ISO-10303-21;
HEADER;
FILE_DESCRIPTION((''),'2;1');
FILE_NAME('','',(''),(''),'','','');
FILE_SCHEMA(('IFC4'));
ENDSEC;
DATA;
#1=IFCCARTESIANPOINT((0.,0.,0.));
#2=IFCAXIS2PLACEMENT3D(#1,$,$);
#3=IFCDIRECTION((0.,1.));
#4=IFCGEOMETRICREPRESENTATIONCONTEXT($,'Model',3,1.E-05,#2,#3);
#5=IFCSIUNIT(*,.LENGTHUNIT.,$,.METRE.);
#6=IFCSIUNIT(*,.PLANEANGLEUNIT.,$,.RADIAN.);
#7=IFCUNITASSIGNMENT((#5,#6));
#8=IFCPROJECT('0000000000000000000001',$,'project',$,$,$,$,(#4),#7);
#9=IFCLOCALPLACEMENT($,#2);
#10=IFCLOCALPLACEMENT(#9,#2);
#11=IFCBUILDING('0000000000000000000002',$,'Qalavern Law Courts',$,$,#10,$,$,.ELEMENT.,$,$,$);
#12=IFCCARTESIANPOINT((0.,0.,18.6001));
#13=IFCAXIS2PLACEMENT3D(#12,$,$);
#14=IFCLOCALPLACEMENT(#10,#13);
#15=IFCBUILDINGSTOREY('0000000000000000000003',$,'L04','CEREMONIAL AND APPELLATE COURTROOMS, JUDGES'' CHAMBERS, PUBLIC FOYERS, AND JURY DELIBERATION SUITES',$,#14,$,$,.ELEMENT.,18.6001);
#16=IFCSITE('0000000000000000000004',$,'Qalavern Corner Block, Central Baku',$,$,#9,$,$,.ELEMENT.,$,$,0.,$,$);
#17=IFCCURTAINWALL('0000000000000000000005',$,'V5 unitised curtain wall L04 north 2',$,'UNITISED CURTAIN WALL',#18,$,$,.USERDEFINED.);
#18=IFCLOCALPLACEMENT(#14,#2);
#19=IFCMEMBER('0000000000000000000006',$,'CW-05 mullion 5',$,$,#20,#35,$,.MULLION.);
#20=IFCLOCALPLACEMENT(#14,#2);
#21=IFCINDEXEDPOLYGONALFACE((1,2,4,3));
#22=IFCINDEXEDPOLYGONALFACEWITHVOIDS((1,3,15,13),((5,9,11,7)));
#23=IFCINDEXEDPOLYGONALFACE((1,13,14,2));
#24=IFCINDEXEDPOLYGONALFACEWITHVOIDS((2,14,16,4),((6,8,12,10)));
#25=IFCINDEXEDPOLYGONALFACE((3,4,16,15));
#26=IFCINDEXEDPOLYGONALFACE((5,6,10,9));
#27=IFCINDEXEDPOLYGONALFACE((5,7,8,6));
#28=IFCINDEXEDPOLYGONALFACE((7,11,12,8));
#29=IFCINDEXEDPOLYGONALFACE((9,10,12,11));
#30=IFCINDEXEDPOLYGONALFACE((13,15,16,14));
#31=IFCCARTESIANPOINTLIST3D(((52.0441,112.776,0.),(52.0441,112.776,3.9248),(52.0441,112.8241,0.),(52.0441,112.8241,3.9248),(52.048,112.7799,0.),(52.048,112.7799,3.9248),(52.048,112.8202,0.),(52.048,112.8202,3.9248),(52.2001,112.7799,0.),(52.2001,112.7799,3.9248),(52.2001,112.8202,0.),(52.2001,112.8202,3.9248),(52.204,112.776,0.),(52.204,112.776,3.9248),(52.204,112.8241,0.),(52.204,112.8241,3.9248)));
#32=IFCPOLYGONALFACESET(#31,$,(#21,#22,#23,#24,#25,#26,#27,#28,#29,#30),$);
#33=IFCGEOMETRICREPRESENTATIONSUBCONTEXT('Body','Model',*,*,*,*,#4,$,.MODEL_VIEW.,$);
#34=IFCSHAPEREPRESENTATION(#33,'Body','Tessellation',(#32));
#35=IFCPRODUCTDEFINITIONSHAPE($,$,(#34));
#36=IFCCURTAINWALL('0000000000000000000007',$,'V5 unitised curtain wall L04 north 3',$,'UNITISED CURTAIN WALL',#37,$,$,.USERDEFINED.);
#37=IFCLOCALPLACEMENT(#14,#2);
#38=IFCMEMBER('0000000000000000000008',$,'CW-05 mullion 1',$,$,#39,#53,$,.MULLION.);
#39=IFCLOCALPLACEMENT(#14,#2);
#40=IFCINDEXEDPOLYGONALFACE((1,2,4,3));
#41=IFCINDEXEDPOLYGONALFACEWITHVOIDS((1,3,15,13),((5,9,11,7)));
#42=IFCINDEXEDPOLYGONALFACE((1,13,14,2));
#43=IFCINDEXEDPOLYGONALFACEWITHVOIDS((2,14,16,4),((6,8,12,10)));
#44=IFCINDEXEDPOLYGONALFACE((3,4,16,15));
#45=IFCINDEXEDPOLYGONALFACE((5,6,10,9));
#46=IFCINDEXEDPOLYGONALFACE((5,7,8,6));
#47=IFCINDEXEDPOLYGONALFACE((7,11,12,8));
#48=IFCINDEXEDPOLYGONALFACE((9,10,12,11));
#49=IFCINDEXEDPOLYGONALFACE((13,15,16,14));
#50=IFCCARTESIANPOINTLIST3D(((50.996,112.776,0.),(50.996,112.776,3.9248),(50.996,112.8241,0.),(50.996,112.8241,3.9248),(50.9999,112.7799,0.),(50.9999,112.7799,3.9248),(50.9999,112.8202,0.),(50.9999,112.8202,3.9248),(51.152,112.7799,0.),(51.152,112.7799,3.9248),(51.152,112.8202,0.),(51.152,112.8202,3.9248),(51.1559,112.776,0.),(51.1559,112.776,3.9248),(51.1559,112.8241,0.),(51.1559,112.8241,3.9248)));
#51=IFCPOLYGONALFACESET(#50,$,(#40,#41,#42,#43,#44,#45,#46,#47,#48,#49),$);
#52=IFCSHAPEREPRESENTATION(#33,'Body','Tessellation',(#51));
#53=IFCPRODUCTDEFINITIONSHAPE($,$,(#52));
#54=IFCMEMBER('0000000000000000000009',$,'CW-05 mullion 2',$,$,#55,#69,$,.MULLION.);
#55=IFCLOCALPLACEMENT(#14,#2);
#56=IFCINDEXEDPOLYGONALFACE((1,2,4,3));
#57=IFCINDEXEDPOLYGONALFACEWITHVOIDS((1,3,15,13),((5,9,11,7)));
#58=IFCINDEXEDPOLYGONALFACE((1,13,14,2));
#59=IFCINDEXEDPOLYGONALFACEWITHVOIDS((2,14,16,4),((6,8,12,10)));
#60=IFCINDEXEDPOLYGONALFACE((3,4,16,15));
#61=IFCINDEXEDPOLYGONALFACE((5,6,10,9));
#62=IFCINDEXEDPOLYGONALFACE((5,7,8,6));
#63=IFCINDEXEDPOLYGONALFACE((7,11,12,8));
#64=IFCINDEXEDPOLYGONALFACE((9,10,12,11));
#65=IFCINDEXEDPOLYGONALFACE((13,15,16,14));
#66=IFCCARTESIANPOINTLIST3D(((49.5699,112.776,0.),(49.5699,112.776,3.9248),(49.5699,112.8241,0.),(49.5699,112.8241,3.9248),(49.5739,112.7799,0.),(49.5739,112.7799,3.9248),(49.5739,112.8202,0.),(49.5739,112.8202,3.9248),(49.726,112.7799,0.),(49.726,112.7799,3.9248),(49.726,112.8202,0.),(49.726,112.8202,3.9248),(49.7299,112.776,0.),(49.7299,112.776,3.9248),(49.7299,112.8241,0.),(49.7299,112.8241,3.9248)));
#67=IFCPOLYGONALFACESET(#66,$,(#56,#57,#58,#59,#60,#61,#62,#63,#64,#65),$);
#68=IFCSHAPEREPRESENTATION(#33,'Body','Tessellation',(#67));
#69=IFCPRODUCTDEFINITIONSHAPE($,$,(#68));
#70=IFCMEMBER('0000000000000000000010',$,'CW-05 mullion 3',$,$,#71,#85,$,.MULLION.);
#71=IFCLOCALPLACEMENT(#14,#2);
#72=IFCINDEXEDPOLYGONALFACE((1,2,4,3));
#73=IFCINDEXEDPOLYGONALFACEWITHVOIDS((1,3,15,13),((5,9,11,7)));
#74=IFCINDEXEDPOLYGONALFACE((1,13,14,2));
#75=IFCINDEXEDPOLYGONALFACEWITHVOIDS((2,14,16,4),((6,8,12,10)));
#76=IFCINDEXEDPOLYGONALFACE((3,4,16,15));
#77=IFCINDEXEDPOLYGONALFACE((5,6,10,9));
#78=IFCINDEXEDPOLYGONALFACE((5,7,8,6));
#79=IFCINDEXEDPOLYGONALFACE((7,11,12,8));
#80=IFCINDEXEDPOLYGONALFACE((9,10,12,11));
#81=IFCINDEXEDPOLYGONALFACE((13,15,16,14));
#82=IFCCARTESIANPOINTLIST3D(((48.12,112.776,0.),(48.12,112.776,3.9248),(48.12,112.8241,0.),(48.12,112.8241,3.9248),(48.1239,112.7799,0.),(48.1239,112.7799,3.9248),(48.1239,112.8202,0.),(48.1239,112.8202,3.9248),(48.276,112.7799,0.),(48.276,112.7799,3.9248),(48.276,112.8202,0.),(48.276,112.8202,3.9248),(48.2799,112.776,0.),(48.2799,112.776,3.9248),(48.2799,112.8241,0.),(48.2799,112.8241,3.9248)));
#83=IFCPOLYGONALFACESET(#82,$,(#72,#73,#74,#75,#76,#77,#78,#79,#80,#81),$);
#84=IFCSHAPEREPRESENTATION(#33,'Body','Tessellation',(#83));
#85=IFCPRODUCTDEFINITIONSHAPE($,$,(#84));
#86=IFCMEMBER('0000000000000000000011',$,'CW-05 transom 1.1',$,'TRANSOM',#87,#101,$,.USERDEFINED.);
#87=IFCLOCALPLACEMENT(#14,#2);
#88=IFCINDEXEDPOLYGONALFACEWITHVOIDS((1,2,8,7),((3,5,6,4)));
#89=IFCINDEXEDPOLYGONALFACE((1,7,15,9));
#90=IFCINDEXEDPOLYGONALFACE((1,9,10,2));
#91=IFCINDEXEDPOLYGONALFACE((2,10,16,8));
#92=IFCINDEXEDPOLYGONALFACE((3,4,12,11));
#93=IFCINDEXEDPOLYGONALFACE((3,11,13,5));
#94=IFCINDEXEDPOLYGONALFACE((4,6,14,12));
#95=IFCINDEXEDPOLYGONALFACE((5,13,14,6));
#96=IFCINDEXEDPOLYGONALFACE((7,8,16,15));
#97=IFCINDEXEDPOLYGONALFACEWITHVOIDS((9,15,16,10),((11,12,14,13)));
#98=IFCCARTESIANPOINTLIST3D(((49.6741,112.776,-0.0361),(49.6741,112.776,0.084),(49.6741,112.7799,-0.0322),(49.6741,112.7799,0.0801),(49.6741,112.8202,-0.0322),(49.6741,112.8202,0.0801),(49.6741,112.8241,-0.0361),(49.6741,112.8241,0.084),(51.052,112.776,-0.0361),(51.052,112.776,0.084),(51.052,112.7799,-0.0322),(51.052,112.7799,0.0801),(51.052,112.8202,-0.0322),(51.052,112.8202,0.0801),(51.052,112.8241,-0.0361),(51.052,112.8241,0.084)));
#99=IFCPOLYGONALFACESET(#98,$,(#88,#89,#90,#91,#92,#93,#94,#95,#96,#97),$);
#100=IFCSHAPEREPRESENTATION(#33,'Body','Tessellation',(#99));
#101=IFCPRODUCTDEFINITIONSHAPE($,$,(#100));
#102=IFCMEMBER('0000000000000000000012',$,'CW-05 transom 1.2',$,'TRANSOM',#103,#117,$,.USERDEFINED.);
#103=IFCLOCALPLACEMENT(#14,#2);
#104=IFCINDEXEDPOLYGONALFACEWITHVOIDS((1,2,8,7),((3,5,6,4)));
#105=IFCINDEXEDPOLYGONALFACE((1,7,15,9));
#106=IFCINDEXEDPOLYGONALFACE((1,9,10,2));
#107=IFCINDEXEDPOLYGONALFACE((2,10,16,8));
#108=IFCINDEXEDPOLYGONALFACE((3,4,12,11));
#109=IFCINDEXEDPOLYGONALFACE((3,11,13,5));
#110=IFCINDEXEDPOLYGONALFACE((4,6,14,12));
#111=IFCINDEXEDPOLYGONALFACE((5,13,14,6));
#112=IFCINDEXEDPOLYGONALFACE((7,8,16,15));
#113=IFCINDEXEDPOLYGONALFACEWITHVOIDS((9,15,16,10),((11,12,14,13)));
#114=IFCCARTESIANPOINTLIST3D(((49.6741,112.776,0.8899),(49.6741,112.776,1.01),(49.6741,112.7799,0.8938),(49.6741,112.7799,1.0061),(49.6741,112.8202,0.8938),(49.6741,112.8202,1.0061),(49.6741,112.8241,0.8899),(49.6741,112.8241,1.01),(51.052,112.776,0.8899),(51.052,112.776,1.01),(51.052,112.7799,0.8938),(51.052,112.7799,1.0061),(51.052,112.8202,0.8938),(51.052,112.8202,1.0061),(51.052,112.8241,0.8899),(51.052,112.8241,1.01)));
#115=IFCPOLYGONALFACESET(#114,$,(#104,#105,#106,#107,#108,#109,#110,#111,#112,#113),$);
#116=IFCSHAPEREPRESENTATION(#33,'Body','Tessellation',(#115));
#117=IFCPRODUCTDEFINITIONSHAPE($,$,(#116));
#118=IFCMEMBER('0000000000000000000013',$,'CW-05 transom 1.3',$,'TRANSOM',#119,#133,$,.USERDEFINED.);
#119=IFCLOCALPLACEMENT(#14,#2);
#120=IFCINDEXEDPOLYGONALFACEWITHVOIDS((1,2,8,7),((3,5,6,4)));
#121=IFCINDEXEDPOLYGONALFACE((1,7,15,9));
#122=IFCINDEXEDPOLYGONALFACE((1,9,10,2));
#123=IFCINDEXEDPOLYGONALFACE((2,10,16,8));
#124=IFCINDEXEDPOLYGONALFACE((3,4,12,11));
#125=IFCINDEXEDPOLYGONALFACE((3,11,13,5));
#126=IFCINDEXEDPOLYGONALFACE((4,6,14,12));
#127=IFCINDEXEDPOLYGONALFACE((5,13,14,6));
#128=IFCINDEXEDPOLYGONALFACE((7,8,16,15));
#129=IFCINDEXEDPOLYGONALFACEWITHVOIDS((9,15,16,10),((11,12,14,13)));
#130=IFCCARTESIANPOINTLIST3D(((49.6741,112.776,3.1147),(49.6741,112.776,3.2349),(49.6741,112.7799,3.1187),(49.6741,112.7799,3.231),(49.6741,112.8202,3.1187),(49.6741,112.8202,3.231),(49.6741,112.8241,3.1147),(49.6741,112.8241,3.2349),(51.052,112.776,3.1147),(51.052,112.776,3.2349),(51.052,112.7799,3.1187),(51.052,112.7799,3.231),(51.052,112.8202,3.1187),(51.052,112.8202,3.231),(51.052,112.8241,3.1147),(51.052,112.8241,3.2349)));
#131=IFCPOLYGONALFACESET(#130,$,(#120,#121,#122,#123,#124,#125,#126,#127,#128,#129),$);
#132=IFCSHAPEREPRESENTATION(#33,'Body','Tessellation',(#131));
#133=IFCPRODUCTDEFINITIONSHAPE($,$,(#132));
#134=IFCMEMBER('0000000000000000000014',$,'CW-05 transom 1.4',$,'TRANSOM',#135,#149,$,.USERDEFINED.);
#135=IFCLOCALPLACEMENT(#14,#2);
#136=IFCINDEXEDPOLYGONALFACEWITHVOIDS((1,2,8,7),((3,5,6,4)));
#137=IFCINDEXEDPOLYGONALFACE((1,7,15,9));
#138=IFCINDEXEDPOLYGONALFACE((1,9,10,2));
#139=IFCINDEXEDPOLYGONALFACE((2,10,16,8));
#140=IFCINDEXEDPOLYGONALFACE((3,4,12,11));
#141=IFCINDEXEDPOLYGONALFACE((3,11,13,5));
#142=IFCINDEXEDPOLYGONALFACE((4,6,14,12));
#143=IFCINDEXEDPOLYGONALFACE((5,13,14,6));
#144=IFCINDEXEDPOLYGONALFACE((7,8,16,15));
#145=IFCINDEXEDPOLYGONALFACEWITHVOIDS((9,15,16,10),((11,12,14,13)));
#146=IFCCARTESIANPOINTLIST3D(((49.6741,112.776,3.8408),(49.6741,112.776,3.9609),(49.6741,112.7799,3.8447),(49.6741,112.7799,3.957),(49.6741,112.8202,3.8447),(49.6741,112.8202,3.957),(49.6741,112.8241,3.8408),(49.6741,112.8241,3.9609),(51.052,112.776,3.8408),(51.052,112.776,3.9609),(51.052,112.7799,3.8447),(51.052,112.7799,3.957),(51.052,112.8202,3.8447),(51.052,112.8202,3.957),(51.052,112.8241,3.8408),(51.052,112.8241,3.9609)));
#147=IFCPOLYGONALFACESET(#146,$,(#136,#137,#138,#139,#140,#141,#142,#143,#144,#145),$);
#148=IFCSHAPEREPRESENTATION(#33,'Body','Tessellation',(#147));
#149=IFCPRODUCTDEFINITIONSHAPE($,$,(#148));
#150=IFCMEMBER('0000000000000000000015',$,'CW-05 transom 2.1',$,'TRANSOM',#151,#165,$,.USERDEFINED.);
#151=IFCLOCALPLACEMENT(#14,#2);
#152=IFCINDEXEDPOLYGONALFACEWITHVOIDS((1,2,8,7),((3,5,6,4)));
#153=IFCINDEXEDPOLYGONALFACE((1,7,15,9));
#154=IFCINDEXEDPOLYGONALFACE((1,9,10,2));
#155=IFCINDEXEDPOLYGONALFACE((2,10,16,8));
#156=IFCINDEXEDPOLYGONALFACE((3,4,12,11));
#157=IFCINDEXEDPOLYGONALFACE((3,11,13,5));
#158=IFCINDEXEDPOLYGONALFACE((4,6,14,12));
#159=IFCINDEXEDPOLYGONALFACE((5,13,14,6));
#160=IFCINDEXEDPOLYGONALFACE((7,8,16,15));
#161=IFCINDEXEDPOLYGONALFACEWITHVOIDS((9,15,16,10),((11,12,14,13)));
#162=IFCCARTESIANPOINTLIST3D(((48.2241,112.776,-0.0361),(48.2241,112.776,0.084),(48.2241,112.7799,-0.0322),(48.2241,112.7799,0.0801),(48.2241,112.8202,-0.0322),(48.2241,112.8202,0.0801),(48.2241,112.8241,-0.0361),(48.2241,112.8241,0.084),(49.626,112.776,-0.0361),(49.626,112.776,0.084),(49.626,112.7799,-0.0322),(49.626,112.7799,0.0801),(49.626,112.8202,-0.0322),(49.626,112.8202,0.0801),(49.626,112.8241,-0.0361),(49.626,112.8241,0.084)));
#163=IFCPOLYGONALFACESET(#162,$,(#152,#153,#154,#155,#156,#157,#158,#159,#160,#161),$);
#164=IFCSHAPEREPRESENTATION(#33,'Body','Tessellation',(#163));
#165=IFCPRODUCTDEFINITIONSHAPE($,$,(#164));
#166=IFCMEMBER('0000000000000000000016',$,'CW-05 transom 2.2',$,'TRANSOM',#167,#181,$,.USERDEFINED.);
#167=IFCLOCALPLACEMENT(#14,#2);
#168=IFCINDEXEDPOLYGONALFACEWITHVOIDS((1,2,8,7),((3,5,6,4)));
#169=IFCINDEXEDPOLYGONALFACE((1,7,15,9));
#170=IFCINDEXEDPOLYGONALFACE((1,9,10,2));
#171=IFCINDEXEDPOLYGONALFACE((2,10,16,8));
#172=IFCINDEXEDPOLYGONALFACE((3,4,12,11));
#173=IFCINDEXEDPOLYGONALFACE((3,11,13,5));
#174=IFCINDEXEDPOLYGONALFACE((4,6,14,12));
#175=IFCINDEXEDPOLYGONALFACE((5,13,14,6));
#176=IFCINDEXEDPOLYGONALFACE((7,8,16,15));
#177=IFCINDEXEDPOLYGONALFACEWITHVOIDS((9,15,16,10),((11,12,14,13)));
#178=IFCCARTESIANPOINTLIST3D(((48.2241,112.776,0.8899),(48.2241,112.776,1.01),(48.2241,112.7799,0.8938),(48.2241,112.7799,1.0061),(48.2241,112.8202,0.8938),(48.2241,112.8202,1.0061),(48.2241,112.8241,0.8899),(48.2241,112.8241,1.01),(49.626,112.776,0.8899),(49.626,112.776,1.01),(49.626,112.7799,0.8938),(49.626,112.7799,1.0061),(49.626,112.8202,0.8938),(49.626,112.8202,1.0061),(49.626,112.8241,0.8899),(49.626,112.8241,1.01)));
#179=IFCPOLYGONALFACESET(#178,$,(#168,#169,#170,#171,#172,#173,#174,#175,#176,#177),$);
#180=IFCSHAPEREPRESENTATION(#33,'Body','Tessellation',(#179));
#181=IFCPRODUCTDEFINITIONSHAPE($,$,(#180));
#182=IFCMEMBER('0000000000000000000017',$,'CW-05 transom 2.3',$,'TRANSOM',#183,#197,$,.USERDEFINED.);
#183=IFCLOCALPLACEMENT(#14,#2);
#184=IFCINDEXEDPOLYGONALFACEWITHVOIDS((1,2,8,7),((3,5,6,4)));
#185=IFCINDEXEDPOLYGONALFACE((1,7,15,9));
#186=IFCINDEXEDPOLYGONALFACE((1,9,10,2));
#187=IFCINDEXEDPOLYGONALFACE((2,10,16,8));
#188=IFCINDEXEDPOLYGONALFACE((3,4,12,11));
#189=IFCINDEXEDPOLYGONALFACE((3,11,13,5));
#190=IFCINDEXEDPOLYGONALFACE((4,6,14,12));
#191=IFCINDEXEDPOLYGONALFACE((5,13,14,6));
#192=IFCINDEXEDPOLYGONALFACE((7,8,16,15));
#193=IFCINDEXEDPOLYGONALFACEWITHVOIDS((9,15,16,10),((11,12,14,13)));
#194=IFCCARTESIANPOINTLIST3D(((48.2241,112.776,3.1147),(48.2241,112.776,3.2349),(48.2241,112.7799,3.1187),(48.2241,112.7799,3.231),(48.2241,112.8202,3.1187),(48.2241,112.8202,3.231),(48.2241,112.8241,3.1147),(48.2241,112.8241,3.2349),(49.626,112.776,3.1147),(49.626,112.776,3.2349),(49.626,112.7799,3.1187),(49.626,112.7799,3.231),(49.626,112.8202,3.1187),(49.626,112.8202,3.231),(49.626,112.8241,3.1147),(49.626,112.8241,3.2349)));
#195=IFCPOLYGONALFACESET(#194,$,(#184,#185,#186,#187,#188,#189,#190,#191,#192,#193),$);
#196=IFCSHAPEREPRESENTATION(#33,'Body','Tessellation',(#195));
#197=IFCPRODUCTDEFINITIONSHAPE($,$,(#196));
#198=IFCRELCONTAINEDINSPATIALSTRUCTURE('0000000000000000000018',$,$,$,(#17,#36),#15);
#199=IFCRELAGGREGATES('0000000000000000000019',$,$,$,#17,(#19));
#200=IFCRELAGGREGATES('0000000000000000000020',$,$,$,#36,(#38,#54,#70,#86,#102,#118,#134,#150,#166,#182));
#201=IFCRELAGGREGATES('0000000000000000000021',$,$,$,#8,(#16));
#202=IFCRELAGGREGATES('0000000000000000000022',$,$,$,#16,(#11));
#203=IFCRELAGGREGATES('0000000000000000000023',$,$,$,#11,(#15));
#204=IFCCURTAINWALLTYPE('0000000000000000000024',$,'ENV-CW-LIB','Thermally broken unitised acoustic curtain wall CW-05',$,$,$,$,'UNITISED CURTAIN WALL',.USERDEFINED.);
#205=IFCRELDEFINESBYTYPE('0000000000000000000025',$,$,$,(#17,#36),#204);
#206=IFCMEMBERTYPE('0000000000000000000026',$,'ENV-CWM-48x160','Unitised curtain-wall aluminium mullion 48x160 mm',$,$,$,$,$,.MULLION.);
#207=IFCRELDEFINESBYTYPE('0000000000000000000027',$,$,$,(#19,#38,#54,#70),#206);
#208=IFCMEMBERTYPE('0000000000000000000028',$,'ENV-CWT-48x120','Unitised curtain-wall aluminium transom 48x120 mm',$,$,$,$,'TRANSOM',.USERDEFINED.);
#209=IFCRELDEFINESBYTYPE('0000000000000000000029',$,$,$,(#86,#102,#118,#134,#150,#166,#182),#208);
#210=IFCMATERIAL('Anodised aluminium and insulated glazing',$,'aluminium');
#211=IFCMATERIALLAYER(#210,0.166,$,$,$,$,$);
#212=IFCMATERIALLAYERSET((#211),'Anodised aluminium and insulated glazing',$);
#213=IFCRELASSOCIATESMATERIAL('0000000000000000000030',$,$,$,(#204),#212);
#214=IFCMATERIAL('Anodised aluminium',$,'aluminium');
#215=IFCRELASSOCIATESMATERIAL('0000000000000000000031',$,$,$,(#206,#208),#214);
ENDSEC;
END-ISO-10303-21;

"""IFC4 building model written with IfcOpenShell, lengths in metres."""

from ifc_helpers import new_model, si_unit, direction, frame, origin, origin_2d, place, context, subcontext, project, spatial, hollow_rectangle, extrude, material, layer, layer_set, material_profile, profile_set, type_object, element, aggregate, save


model = new_model("IFC4")

# Units and contexts
model_context = context("Model", 3, precision=1e-05, world=origin(), true_north=direction((0.0, 1.0)))
body_context = subcontext(model_context, "Body", "Model", "MODEL_VIEW")
ifc_project = project(units=[si_unit("LENGTHUNIT", "METRE"), si_unit("PLANEANGLEUNIT", "RADIAN")], contexts=[model_context])

# Site, building, storey
site_placement = place(None, origin())
site = spatial("IfcSite", under=ifc_project, at=site_placement, Name="Qalavern Corner Block, Central Baku", CompositionType="ELEMENT", RefElevation=0.0)
building_placement = place(site_placement, origin())
building = spatial("IfcBuilding", under=site, at=building_placement, Name="Qalavern Law Courts", CompositionType="ELEMENT")
storey_placement = place(building_placement, frame((0.0, 0.0, 18.6001)))
storey = spatial("IfcBuildingStorey", under=building, at=storey_placement, Name="L04", Description="CEREMONIAL AND APPELLATE COURTROOMS, JUDGES' CHAMBERS, PUBLIC FOYERS, AND JURY DELIBERATION SUITES", CompositionType="ELEMENT", Elevation=18.6001)

# Curtain wall, member
ifc_material_1 = material(Name="Anodised aluminium and insulated glazing", Category="aluminium")
ifc_layer_1 = layer(ifc_material_1, 0.166)
ifc_layer_set_1 = layer_set([ifc_layer_1], Name="Anodised aluminium and insulated glazing")
curtain_wall_type = type_object("IfcCurtainWallType", Name="ENV-CW-LIB", Description="Thermally broken unitised acoustic curtain wall CW-05", ElementType="UNITISED CURTAIN WALL", PredefinedType="USERDEFINED", material=ifc_layer_set_1)
curtain_wall_1_placement = place(storey_placement, origin())
curtain_wall_1 = element("IfcCurtainWall", 1, at=curtain_wall_1_placement, inside=storey, type_object=curtain_wall_type, Name="V5 unitised curtain wall L04 north 2", ObjectType="UNITISED CURTAIN WALL", PredefinedType="USERDEFINED")
ifc_material_2 = material(Name="Anodised aluminium", Category="aluminium")
ifc_material_profile_1 = material_profile(ifc_material_2, hollow_rectangle(XDim=0.0481, YDim=0.1599, WallThickness=0.0039, at=origin_2d()), Name="ALU MULLION 48x160")
ifc_profile_set_1 = profile_set([ifc_material_profile_1], Name="Anodised aluminium")
member_type_1 = type_object("IfcMemberType", Name="ENV-CWM-48x160", Description="Unitised curtain-wall aluminium mullion 48x160 mm", PredefinedType="MULLION", material=ifc_profile_set_1)
member_1_placement = place(storey_placement, frame((52.124, 112.8, 0.0), z_axis=(0.0, 0.0, 1.0), x_axis=(0.0, -1.0, 0.0)))
member_1 = element("IfcMember", 2, at=member_1_placement, type_object=member_type_1, Name="CW-05 mullion 5", PredefinedType="MULLION", context=body_context, shape_type="SweptSolid", body=[
    extrude(hollow_rectangle(XDim=0.0481, YDim=0.1599, WallThickness=0.0039, at=origin_2d()), origin(), (0.0, 0.0, 1.0), 3.9248),
])
aggregate(curtain_wall_1, [member_1])

# Curtain wall, members
curtain_wall_2_placement = place(storey_placement, origin())
curtain_wall_2 = element("IfcCurtainWall", 3, at=curtain_wall_2_placement, inside=storey, type_object=curtain_wall_type, Name="V5 unitised curtain wall L04 north 3", ObjectType="UNITISED CURTAIN WALL", PredefinedType="USERDEFINED")
member_2_placement = place(storey_placement, frame((51.0759, 112.8, 0.0), z_axis=(0.0, 0.0, 1.0), x_axis=(0.0, -1.0, 0.0)))
member_2 = element("IfcMember", 4, at=member_2_placement, type_object=member_type_1, Name="CW-05 mullion 1", PredefinedType="MULLION", context=body_context, shape_type="SweptSolid", body=[
    extrude(hollow_rectangle(XDim=0.0481, YDim=0.1599, WallThickness=0.0039, at=origin_2d()), origin(), (0.0, 0.0, 1.0), 3.9248),
])
member_3_placement = place(storey_placement, frame((49.6499, 112.8, 0.0), z_axis=(0.0, 0.0, 1.0), x_axis=(0.0, -1.0, 0.0)))
member_3 = element("IfcMember", 5, at=member_3_placement, type_object=member_type_1, Name="CW-05 mullion 2", PredefinedType="MULLION", context=body_context, shape_type="SweptSolid", body=[
    extrude(hollow_rectangle(XDim=0.0481, YDim=0.1599, WallThickness=0.0039, at=origin_2d()), origin(), (0.0, 0.0, 1.0), 3.9248),
])
member_4_placement = place(storey_placement, frame((48.2, 112.8, 0.0), z_axis=(0.0, 0.0, 1.0), x_axis=(0.0, -1.0, 0.0)))
member_4 = element("IfcMember", 6, at=member_4_placement, type_object=member_type_1, Name="CW-05 mullion 3", PredefinedType="MULLION", context=body_context, shape_type="SweptSolid", body=[
    extrude(hollow_rectangle(XDim=0.0481, YDim=0.1599, WallThickness=0.0039, at=origin_2d()), origin(), (0.0, 0.0, 1.0), 3.9248),
])
ifc_material_profile_2 = material_profile(ifc_material_2, hollow_rectangle(XDim=0.0481, YDim=0.1201, WallThickness=0.0039, at=origin_2d()), Name="ALU TRANSOM 48x120")
ifc_profile_set_2 = profile_set([ifc_material_profile_2], Name="Anodised aluminium")
member_type_2 = type_object("IfcMemberType", Name="ENV-CWT-48x120", Description="Unitised curtain-wall aluminium transom 48x120 mm", ElementType="TRANSOM", PredefinedType="USERDEFINED", material=ifc_profile_set_2)
member_5_placement = place(storey_placement, frame((51.052, 112.8, 0.0239), z_axis=(-1.0, 0.0, 0.0), x_axis=(0.0, -1.0, 0.0)))
member_5 = element("IfcMember", 7, at=member_5_placement, type_object=member_type_2, Name="CW-05 transom 1.1", ObjectType="TRANSOM", PredefinedType="USERDEFINED", context=body_context, shape_type="SweptSolid", body=[
    extrude(hollow_rectangle(XDim=0.0481, YDim=0.1201, WallThickness=0.0039, at=origin_2d()), origin(), (0.0, 0.0, 1.0), 1.3779),
])
member_6_placement = place(storey_placement, frame((51.052, 112.8, 0.95), z_axis=(-1.0, 0.0, 0.0), x_axis=(0.0, -1.0, 0.0)))
member_6 = element("IfcMember", 8, at=member_6_placement, type_object=member_type_2, Name="CW-05 transom 1.2", ObjectType="TRANSOM", PredefinedType="USERDEFINED", context=body_context, shape_type="SweptSolid", body=[
    extrude(hollow_rectangle(XDim=0.0481, YDim=0.1201, WallThickness=0.0039, at=origin_2d()), origin(), (0.0, 0.0, 1.0), 1.3779),
])
member_7_placement = place(storey_placement, frame((51.052, 112.8, 3.1748), z_axis=(-1.0, 0.0, 0.0), x_axis=(0.0, -1.0, 0.0)))
member_7 = element("IfcMember", 9, at=member_7_placement, type_object=member_type_2, Name="CW-05 transom 1.3", ObjectType="TRANSOM", PredefinedType="USERDEFINED", context=body_context, shape_type="SweptSolid", body=[
    extrude(hollow_rectangle(XDim=0.0481, YDim=0.1201, WallThickness=0.0039, at=origin_2d()), origin(), (0.0, 0.0, 1.0), 1.3779),
])
member_8_placement = place(storey_placement, frame((51.052, 112.8, 3.9009), z_axis=(-1.0, 0.0, 0.0), x_axis=(0.0, -1.0, 0.0)))
member_8 = element("IfcMember", 10, at=member_8_placement, type_object=member_type_2, Name="CW-05 transom 1.4", ObjectType="TRANSOM", PredefinedType="USERDEFINED", context=body_context, shape_type="SweptSolid", body=[
    extrude(hollow_rectangle(XDim=0.0481, YDim=0.1201, WallThickness=0.0039, at=origin_2d()), origin(), (0.0, 0.0, 1.0), 1.3779),
])
member_9_placement = place(storey_placement, frame((49.626, 112.8, 0.0239), z_axis=(-1.0, 0.0, 0.0), x_axis=(0.0, -1.0, 0.0)))
member_9 = element("IfcMember", 11, at=member_9_placement, type_object=member_type_2, Name="CW-05 transom 2.1", ObjectType="TRANSOM", PredefinedType="USERDEFINED", context=body_context, shape_type="SweptSolid", body=[
    extrude(hollow_rectangle(XDim=0.0481, YDim=0.1201, WallThickness=0.0039, at=origin_2d()), origin(), (0.0, 0.0, 1.0), 1.4019),
])
member_10_placement = place(storey_placement, frame((49.626, 112.8, 0.95), z_axis=(-1.0, 0.0, 0.0), x_axis=(0.0, -1.0, 0.0)))
member_10 = element("IfcMember", 12, at=member_10_placement, type_object=member_type_2, Name="CW-05 transom 2.2", ObjectType="TRANSOM", PredefinedType="USERDEFINED", context=body_context, shape_type="SweptSolid", body=[
    extrude(hollow_rectangle(XDim=0.0481, YDim=0.1201, WallThickness=0.0039, at=origin_2d()), origin(), (0.0, 0.0, 1.0), 1.4019),
])
member_11_placement = place(storey_placement, frame((49.626, 112.8, 3.1748), z_axis=(-1.0, 0.0, 0.0), x_axis=(0.0, -1.0, 0.0)))
member_11 = element("IfcMember", 13, at=member_11_placement, type_object=member_type_2, Name="CW-05 transom 2.3", ObjectType="TRANSOM", PredefinedType="USERDEFINED", context=body_context, shape_type="SweptSolid", body=[
    extrude(hollow_rectangle(XDim=0.0481, YDim=0.1201, WallThickness=0.0039, at=origin_2d()), origin(), (0.0, 0.0, 1.0), 1.4019),
])
aggregate(curtain_wall_2, [member_2, member_3, member_4, member_5, member_6, member_7, member_8, member_9, member_10, member_11])

save(model, "model.ifc")
